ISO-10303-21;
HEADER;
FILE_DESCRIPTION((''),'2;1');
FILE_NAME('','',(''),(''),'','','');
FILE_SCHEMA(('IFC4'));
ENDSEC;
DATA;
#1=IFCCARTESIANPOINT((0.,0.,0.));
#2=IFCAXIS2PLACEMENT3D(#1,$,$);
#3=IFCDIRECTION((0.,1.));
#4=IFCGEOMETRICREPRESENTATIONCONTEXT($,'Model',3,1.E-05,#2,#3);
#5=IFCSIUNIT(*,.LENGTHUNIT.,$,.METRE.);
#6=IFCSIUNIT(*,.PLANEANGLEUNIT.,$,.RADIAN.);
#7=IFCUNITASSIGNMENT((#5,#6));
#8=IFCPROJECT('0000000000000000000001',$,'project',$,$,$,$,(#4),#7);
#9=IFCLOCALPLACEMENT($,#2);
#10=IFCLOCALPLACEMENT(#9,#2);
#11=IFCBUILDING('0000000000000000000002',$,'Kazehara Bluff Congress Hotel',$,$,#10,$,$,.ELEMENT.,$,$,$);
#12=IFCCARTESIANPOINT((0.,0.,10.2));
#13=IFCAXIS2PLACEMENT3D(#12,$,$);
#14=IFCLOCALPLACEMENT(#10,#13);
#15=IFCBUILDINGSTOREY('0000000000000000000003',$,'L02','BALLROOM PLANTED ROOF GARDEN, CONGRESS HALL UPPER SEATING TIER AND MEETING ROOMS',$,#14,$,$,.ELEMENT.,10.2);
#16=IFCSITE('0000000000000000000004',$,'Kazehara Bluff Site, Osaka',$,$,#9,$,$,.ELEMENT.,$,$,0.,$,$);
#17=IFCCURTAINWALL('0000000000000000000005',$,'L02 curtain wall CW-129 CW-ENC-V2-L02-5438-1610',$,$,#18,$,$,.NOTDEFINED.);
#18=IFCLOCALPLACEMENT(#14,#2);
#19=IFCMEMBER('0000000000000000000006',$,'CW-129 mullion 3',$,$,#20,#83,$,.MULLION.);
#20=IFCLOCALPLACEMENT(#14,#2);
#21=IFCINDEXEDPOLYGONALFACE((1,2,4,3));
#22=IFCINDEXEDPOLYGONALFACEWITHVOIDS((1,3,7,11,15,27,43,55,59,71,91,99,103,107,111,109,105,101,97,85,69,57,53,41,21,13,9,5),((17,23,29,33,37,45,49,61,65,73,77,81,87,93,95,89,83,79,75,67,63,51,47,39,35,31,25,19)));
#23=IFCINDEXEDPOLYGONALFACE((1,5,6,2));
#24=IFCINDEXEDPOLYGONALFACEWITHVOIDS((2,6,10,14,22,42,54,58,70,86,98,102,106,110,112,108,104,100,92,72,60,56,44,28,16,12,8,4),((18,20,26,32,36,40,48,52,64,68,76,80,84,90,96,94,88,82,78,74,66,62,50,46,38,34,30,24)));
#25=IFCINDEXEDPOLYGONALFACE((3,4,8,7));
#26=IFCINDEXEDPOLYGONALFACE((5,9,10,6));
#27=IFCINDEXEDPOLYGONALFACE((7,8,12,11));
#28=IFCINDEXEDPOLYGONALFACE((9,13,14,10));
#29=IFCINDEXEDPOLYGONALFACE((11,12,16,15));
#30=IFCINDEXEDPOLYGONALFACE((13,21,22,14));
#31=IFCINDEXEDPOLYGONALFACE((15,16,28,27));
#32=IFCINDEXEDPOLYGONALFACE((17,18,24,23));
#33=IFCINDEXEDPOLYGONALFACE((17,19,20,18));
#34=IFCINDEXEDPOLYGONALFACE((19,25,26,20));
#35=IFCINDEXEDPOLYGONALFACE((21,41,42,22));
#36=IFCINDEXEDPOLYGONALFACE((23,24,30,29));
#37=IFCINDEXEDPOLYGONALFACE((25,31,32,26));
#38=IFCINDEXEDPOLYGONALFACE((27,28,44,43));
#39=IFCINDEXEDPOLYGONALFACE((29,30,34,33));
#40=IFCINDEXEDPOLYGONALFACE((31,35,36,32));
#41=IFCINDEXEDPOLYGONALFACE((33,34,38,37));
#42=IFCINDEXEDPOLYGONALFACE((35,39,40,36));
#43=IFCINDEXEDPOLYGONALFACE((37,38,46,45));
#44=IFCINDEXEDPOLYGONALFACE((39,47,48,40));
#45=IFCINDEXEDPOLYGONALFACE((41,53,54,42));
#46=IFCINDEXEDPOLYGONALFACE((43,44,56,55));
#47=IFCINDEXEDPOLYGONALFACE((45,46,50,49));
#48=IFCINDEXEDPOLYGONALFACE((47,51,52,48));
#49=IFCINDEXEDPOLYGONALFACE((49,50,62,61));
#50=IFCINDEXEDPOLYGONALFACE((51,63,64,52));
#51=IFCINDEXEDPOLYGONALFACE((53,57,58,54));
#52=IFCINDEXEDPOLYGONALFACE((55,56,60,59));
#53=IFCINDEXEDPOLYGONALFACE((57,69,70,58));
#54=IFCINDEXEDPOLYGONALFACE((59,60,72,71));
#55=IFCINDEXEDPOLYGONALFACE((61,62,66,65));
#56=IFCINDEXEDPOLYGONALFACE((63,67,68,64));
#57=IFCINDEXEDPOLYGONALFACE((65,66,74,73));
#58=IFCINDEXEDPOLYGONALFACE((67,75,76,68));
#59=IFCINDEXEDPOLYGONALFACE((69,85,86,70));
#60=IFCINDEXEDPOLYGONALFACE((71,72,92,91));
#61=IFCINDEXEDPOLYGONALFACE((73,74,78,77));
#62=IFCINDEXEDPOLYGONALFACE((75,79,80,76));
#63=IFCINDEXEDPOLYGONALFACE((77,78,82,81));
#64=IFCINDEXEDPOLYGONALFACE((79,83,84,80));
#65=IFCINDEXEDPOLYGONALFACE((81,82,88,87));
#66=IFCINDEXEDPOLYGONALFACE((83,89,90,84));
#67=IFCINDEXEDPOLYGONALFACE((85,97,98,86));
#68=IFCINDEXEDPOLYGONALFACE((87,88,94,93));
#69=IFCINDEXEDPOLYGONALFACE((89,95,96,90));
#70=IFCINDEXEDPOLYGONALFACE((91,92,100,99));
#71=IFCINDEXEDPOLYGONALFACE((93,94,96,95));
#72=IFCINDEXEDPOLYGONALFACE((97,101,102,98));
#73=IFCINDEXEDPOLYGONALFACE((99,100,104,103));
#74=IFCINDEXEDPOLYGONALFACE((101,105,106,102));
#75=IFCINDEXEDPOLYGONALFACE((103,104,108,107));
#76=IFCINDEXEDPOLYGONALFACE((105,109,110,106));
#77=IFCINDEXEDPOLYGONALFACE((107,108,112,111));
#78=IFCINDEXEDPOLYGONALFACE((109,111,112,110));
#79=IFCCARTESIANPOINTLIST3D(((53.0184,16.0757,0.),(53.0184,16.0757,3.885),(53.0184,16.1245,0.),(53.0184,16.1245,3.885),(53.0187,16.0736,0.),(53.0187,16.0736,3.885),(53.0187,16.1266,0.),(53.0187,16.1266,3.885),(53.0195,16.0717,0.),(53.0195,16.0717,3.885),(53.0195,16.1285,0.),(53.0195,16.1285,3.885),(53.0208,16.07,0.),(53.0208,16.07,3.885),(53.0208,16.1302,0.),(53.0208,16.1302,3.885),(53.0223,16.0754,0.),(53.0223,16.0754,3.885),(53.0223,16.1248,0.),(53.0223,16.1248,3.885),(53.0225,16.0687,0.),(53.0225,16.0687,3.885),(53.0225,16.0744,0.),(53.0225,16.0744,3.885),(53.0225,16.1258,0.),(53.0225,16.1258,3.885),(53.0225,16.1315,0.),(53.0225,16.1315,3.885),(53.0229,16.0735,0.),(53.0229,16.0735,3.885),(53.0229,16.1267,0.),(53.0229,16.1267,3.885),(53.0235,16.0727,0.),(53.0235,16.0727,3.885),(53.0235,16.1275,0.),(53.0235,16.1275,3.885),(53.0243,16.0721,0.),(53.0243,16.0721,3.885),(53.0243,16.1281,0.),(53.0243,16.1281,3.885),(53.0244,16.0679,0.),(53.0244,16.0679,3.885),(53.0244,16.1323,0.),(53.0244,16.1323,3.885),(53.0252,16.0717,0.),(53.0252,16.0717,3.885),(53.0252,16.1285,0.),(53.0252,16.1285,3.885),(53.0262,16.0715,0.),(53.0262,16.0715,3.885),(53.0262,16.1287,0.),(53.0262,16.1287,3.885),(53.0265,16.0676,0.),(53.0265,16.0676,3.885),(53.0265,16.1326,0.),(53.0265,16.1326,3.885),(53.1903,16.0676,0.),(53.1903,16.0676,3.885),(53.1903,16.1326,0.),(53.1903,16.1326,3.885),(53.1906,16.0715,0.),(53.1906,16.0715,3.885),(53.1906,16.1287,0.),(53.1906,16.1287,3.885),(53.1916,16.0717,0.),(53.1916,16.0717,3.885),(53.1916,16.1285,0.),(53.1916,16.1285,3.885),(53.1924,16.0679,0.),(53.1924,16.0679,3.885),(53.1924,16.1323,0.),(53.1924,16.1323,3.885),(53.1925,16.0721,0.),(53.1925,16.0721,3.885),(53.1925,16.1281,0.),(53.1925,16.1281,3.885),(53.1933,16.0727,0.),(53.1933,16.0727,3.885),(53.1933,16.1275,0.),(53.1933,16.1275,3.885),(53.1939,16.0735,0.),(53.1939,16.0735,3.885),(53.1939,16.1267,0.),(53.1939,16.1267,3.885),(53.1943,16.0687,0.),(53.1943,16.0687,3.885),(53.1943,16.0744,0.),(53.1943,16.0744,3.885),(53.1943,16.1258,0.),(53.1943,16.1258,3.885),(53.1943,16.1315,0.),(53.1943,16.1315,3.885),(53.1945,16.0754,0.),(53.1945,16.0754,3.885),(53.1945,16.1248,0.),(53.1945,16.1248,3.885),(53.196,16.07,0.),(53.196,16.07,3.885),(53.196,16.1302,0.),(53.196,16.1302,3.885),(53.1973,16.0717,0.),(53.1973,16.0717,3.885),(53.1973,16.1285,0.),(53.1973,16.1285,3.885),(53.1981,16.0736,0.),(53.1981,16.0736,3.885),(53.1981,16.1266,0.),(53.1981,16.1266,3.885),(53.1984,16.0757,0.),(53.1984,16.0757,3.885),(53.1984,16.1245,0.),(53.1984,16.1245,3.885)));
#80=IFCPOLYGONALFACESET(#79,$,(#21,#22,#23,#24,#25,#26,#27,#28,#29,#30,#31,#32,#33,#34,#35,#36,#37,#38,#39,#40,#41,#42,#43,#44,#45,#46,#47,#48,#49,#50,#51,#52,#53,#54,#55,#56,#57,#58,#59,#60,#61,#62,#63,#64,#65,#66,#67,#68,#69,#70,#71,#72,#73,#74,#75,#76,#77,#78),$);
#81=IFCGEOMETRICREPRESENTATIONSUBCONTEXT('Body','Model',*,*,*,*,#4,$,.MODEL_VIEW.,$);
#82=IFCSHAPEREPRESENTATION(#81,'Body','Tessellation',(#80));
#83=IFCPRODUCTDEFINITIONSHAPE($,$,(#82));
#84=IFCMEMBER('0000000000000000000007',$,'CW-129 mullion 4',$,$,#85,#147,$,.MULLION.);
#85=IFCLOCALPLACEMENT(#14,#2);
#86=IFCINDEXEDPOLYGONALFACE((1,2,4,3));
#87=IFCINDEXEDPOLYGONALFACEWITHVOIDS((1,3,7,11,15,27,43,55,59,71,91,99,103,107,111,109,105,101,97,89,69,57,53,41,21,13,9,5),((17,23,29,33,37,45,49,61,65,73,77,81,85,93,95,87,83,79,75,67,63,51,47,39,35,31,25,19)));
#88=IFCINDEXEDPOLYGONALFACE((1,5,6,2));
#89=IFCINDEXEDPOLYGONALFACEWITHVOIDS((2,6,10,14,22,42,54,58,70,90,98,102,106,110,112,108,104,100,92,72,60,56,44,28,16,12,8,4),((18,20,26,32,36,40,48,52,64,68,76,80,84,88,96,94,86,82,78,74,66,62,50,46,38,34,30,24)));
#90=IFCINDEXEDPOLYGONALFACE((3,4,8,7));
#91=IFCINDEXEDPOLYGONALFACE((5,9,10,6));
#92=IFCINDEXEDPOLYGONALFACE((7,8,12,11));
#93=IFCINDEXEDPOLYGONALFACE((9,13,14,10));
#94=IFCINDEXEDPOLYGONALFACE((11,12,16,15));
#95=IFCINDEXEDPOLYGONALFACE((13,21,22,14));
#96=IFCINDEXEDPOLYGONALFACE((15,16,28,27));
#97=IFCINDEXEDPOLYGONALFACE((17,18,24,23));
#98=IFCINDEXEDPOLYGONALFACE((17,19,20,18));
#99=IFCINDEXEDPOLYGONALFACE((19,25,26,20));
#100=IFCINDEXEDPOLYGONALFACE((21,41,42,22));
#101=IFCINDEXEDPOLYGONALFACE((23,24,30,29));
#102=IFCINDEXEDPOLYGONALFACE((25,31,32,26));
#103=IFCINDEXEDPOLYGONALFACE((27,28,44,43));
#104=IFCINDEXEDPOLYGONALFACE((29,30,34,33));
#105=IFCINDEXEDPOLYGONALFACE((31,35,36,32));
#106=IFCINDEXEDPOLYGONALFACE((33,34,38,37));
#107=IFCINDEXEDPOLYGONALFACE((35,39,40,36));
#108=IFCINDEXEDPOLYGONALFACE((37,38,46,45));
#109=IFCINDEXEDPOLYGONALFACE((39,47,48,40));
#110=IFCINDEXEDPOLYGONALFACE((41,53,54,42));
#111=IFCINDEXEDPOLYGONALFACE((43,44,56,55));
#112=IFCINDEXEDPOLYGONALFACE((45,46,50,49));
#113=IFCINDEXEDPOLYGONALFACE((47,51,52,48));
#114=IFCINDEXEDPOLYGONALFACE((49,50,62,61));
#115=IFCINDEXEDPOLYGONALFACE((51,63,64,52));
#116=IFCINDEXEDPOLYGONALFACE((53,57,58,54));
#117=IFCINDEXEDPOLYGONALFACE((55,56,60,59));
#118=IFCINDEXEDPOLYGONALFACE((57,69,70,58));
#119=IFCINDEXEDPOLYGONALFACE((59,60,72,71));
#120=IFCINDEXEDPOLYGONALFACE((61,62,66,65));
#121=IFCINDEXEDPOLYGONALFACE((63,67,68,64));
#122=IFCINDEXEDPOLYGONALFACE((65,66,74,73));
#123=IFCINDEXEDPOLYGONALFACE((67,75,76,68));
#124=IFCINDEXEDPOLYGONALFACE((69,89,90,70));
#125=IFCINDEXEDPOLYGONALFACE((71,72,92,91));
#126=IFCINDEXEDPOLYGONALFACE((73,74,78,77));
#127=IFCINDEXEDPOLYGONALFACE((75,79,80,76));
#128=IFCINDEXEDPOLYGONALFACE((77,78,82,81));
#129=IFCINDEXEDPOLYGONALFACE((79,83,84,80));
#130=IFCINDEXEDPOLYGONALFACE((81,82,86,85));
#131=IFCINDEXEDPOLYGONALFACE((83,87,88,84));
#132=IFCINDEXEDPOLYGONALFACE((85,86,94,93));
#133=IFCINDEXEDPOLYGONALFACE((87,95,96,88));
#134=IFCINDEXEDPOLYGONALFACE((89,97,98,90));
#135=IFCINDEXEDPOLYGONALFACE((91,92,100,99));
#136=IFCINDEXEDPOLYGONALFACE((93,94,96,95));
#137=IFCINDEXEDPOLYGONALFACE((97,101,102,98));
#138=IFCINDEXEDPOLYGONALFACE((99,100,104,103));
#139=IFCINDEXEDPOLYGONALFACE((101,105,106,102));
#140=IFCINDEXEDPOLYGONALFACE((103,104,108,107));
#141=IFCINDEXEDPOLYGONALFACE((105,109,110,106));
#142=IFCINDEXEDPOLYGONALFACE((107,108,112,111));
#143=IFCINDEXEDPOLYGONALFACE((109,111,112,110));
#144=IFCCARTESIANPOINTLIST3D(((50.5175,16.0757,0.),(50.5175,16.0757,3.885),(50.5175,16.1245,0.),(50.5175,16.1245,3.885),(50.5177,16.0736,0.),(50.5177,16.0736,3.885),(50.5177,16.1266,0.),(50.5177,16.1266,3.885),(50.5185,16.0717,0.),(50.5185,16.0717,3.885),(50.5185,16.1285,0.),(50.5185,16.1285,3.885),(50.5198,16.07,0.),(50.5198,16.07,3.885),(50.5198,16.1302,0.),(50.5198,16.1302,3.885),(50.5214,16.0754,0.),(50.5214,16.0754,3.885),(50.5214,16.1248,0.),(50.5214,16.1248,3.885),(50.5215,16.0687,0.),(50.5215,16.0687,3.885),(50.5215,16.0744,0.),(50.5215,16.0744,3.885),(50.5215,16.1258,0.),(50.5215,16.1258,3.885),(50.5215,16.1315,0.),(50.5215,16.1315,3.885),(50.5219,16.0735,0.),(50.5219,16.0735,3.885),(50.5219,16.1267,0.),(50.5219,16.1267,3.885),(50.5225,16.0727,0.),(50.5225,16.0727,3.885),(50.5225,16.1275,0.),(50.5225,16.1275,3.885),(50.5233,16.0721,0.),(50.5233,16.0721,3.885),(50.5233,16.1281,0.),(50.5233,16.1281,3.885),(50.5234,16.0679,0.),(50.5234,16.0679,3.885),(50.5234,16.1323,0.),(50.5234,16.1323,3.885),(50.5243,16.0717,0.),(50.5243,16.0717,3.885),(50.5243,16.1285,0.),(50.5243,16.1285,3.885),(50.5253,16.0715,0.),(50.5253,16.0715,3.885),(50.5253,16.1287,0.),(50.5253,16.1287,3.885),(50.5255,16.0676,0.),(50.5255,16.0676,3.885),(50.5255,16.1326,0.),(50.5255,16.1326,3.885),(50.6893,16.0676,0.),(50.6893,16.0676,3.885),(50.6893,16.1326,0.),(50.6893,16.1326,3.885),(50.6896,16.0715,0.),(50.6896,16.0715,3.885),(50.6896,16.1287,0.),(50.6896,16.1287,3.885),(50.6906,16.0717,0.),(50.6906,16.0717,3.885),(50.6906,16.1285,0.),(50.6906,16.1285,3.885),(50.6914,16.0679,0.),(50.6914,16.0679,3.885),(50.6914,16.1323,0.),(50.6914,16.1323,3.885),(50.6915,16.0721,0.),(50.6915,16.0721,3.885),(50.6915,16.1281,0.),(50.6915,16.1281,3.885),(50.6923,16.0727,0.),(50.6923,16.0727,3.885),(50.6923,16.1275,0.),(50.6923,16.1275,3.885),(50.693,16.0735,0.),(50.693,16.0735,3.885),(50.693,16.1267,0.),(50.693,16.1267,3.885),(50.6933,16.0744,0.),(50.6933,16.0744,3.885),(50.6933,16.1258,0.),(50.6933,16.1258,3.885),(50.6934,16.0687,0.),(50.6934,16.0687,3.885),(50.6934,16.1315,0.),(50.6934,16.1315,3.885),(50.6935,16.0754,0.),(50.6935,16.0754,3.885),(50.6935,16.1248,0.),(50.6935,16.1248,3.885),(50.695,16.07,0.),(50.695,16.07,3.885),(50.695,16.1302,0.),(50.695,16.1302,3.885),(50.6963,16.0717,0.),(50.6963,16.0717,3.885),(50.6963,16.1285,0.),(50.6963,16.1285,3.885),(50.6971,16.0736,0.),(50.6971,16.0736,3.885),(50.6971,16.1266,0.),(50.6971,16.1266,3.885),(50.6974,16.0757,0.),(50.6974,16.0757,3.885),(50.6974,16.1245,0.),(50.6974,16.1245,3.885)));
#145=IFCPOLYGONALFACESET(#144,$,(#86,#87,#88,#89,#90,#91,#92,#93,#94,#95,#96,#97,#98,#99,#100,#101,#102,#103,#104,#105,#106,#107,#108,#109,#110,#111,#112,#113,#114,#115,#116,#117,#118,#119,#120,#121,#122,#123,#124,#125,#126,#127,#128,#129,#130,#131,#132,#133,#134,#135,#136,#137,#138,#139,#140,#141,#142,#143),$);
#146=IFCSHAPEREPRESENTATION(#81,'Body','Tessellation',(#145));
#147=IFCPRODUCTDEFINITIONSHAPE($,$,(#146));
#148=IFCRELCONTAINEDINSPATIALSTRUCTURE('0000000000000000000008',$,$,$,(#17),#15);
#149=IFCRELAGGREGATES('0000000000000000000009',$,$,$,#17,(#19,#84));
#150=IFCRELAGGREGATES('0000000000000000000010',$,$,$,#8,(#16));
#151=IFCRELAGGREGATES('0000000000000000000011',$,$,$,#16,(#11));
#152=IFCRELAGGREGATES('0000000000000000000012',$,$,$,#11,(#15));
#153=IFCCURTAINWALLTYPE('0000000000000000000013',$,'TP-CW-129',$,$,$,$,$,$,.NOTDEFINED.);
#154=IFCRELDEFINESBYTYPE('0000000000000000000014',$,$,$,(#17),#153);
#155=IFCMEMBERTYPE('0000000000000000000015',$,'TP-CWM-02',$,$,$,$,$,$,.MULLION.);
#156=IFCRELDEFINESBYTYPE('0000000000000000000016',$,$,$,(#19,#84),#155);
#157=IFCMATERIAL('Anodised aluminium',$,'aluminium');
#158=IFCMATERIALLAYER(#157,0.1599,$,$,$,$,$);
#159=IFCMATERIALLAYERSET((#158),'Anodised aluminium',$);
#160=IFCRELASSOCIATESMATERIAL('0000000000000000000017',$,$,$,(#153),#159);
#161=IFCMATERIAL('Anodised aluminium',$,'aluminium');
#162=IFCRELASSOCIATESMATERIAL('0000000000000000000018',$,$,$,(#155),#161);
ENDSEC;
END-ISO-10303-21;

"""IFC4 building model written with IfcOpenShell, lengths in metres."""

from ifc_helpers import new_model, si_unit, direction, frame, origin, origin_2d, place, context, subcontext, project, spatial, hollow_rectangle, extrude, material, layer, layer_set, material_profile, profile_set, type_object, element, aggregate, save


model = new_model("IFC4")

# Units and contexts
model_context = context("Model", 3, precision=1e-05, world=origin(), true_north=direction((0.0, 1.0)))
body_context = subcontext(model_context, "Body", "Model", "MODEL_VIEW")
ifc_project = project(units=[si_unit("LENGTHUNIT", "METRE"), si_unit("PLANEANGLEUNIT", "RADIAN")], contexts=[model_context])

# Site, building, storey
site_placement = place(None, origin())
site = spatial("IfcSite", under=ifc_project, at=site_placement, Name="Kazehara Bluff Site, Osaka", CompositionType="ELEMENT", RefElevation=0.0)
building_placement = place(site_placement, origin())
building = spatial("IfcBuilding", under=site, at=building_placement, Name="Kazehara Bluff Congress Hotel", CompositionType="ELEMENT")
storey_placement = place(building_placement, frame((0.0, 0.0, 10.2)))
storey = spatial("IfcBuildingStorey", under=building, at=storey_placement, Name="L02", Description="BALLROOM PLANTED ROOF GARDEN, CONGRESS HALL UPPER SEATING TIER AND MEETING ROOMS", CompositionType="ELEMENT", Elevation=10.2)

# Curtain wall, members
ifc_material_1 = material(Name="Anodised aluminium", Category="aluminium")
ifc_layer_1 = layer(ifc_material_1, 0.1599)
ifc_layer_set_1 = layer_set([ifc_layer_1], Name="Anodised aluminium")
curtain_wall_type_1 = type_object("IfcCurtainWallType", Name="TP-CW-129", PredefinedType="NOTDEFINED", material=ifc_layer_set_1)
curtain_wall_1_placement = place(storey_placement, origin())
curtain_wall_1 = element("IfcCurtainWall", 1, at=curtain_wall_1_placement, inside=storey, type_object=curtain_wall_type_1, Name="L02 curtain wall CW-129 CW-ENC-V2-L02-5438-1610", PredefinedType="NOTDEFINED")
ifc_material_2 = material(Name="Anodised aluminium", Category="aluminium")
ifc_material_profile_1 = material_profile(ifc_material_2, hollow_rectangle(XDim=0.0649, YDim=0.1799, WallThickness=0.0039, InnerFilletRadius=0.0039, OuterFilletRadius=0.0081, at=origin_2d()))
ifc_profile_set_1 = profile_set([ifc_material_profile_1], Name="Anodised aluminium")
member_type_1 = type_object("IfcMemberType", Name="TP-CWM-02", PredefinedType="MULLION", material=ifc_profile_set_1)
member_1_placement = place(storey_placement, frame((53.1084, 16.1001, 0.0), z_axis=(0.0, 0.0, 1.0), x_axis=(0.0, -1.0, 0.0)))
member_1 = element("IfcMember", 2, at=member_1_placement, type_object=member_type_1, Name="CW-129 mullion 3", PredefinedType="MULLION", context=body_context, shape_type="SweptSolid", body=[
    extrude(hollow_rectangle(XDim=0.0649, YDim=0.1799, WallThickness=0.0039, InnerFilletRadius=0.0039, OuterFilletRadius=0.0081, at=origin_2d()), origin(), (0.0, 0.0, 1.0), 3.885),
])
member_2_placement = place(storey_placement, frame((50.6074, 16.1001, 0.0), z_axis=(0.0, 0.0, 1.0), x_axis=(0.0, -1.0, 0.0)))
member_2 = element("IfcMember", 3, at=member_2_placement, type_object=member_type_1, Name="CW-129 mullion 4", PredefinedType="MULLION", context=body_context, shape_type="SweptSolid", body=[
    extrude(hollow_rectangle(XDim=0.0649, YDim=0.1799, WallThickness=0.0039, InnerFilletRadius=0.0039, OuterFilletRadius=0.0081, at=origin_2d()), origin(), (0.0, 0.0, 1.0), 3.885),
])

aggregate(curtain_wall_1, [member_1, member_2])

save(model, "model.ifc")
